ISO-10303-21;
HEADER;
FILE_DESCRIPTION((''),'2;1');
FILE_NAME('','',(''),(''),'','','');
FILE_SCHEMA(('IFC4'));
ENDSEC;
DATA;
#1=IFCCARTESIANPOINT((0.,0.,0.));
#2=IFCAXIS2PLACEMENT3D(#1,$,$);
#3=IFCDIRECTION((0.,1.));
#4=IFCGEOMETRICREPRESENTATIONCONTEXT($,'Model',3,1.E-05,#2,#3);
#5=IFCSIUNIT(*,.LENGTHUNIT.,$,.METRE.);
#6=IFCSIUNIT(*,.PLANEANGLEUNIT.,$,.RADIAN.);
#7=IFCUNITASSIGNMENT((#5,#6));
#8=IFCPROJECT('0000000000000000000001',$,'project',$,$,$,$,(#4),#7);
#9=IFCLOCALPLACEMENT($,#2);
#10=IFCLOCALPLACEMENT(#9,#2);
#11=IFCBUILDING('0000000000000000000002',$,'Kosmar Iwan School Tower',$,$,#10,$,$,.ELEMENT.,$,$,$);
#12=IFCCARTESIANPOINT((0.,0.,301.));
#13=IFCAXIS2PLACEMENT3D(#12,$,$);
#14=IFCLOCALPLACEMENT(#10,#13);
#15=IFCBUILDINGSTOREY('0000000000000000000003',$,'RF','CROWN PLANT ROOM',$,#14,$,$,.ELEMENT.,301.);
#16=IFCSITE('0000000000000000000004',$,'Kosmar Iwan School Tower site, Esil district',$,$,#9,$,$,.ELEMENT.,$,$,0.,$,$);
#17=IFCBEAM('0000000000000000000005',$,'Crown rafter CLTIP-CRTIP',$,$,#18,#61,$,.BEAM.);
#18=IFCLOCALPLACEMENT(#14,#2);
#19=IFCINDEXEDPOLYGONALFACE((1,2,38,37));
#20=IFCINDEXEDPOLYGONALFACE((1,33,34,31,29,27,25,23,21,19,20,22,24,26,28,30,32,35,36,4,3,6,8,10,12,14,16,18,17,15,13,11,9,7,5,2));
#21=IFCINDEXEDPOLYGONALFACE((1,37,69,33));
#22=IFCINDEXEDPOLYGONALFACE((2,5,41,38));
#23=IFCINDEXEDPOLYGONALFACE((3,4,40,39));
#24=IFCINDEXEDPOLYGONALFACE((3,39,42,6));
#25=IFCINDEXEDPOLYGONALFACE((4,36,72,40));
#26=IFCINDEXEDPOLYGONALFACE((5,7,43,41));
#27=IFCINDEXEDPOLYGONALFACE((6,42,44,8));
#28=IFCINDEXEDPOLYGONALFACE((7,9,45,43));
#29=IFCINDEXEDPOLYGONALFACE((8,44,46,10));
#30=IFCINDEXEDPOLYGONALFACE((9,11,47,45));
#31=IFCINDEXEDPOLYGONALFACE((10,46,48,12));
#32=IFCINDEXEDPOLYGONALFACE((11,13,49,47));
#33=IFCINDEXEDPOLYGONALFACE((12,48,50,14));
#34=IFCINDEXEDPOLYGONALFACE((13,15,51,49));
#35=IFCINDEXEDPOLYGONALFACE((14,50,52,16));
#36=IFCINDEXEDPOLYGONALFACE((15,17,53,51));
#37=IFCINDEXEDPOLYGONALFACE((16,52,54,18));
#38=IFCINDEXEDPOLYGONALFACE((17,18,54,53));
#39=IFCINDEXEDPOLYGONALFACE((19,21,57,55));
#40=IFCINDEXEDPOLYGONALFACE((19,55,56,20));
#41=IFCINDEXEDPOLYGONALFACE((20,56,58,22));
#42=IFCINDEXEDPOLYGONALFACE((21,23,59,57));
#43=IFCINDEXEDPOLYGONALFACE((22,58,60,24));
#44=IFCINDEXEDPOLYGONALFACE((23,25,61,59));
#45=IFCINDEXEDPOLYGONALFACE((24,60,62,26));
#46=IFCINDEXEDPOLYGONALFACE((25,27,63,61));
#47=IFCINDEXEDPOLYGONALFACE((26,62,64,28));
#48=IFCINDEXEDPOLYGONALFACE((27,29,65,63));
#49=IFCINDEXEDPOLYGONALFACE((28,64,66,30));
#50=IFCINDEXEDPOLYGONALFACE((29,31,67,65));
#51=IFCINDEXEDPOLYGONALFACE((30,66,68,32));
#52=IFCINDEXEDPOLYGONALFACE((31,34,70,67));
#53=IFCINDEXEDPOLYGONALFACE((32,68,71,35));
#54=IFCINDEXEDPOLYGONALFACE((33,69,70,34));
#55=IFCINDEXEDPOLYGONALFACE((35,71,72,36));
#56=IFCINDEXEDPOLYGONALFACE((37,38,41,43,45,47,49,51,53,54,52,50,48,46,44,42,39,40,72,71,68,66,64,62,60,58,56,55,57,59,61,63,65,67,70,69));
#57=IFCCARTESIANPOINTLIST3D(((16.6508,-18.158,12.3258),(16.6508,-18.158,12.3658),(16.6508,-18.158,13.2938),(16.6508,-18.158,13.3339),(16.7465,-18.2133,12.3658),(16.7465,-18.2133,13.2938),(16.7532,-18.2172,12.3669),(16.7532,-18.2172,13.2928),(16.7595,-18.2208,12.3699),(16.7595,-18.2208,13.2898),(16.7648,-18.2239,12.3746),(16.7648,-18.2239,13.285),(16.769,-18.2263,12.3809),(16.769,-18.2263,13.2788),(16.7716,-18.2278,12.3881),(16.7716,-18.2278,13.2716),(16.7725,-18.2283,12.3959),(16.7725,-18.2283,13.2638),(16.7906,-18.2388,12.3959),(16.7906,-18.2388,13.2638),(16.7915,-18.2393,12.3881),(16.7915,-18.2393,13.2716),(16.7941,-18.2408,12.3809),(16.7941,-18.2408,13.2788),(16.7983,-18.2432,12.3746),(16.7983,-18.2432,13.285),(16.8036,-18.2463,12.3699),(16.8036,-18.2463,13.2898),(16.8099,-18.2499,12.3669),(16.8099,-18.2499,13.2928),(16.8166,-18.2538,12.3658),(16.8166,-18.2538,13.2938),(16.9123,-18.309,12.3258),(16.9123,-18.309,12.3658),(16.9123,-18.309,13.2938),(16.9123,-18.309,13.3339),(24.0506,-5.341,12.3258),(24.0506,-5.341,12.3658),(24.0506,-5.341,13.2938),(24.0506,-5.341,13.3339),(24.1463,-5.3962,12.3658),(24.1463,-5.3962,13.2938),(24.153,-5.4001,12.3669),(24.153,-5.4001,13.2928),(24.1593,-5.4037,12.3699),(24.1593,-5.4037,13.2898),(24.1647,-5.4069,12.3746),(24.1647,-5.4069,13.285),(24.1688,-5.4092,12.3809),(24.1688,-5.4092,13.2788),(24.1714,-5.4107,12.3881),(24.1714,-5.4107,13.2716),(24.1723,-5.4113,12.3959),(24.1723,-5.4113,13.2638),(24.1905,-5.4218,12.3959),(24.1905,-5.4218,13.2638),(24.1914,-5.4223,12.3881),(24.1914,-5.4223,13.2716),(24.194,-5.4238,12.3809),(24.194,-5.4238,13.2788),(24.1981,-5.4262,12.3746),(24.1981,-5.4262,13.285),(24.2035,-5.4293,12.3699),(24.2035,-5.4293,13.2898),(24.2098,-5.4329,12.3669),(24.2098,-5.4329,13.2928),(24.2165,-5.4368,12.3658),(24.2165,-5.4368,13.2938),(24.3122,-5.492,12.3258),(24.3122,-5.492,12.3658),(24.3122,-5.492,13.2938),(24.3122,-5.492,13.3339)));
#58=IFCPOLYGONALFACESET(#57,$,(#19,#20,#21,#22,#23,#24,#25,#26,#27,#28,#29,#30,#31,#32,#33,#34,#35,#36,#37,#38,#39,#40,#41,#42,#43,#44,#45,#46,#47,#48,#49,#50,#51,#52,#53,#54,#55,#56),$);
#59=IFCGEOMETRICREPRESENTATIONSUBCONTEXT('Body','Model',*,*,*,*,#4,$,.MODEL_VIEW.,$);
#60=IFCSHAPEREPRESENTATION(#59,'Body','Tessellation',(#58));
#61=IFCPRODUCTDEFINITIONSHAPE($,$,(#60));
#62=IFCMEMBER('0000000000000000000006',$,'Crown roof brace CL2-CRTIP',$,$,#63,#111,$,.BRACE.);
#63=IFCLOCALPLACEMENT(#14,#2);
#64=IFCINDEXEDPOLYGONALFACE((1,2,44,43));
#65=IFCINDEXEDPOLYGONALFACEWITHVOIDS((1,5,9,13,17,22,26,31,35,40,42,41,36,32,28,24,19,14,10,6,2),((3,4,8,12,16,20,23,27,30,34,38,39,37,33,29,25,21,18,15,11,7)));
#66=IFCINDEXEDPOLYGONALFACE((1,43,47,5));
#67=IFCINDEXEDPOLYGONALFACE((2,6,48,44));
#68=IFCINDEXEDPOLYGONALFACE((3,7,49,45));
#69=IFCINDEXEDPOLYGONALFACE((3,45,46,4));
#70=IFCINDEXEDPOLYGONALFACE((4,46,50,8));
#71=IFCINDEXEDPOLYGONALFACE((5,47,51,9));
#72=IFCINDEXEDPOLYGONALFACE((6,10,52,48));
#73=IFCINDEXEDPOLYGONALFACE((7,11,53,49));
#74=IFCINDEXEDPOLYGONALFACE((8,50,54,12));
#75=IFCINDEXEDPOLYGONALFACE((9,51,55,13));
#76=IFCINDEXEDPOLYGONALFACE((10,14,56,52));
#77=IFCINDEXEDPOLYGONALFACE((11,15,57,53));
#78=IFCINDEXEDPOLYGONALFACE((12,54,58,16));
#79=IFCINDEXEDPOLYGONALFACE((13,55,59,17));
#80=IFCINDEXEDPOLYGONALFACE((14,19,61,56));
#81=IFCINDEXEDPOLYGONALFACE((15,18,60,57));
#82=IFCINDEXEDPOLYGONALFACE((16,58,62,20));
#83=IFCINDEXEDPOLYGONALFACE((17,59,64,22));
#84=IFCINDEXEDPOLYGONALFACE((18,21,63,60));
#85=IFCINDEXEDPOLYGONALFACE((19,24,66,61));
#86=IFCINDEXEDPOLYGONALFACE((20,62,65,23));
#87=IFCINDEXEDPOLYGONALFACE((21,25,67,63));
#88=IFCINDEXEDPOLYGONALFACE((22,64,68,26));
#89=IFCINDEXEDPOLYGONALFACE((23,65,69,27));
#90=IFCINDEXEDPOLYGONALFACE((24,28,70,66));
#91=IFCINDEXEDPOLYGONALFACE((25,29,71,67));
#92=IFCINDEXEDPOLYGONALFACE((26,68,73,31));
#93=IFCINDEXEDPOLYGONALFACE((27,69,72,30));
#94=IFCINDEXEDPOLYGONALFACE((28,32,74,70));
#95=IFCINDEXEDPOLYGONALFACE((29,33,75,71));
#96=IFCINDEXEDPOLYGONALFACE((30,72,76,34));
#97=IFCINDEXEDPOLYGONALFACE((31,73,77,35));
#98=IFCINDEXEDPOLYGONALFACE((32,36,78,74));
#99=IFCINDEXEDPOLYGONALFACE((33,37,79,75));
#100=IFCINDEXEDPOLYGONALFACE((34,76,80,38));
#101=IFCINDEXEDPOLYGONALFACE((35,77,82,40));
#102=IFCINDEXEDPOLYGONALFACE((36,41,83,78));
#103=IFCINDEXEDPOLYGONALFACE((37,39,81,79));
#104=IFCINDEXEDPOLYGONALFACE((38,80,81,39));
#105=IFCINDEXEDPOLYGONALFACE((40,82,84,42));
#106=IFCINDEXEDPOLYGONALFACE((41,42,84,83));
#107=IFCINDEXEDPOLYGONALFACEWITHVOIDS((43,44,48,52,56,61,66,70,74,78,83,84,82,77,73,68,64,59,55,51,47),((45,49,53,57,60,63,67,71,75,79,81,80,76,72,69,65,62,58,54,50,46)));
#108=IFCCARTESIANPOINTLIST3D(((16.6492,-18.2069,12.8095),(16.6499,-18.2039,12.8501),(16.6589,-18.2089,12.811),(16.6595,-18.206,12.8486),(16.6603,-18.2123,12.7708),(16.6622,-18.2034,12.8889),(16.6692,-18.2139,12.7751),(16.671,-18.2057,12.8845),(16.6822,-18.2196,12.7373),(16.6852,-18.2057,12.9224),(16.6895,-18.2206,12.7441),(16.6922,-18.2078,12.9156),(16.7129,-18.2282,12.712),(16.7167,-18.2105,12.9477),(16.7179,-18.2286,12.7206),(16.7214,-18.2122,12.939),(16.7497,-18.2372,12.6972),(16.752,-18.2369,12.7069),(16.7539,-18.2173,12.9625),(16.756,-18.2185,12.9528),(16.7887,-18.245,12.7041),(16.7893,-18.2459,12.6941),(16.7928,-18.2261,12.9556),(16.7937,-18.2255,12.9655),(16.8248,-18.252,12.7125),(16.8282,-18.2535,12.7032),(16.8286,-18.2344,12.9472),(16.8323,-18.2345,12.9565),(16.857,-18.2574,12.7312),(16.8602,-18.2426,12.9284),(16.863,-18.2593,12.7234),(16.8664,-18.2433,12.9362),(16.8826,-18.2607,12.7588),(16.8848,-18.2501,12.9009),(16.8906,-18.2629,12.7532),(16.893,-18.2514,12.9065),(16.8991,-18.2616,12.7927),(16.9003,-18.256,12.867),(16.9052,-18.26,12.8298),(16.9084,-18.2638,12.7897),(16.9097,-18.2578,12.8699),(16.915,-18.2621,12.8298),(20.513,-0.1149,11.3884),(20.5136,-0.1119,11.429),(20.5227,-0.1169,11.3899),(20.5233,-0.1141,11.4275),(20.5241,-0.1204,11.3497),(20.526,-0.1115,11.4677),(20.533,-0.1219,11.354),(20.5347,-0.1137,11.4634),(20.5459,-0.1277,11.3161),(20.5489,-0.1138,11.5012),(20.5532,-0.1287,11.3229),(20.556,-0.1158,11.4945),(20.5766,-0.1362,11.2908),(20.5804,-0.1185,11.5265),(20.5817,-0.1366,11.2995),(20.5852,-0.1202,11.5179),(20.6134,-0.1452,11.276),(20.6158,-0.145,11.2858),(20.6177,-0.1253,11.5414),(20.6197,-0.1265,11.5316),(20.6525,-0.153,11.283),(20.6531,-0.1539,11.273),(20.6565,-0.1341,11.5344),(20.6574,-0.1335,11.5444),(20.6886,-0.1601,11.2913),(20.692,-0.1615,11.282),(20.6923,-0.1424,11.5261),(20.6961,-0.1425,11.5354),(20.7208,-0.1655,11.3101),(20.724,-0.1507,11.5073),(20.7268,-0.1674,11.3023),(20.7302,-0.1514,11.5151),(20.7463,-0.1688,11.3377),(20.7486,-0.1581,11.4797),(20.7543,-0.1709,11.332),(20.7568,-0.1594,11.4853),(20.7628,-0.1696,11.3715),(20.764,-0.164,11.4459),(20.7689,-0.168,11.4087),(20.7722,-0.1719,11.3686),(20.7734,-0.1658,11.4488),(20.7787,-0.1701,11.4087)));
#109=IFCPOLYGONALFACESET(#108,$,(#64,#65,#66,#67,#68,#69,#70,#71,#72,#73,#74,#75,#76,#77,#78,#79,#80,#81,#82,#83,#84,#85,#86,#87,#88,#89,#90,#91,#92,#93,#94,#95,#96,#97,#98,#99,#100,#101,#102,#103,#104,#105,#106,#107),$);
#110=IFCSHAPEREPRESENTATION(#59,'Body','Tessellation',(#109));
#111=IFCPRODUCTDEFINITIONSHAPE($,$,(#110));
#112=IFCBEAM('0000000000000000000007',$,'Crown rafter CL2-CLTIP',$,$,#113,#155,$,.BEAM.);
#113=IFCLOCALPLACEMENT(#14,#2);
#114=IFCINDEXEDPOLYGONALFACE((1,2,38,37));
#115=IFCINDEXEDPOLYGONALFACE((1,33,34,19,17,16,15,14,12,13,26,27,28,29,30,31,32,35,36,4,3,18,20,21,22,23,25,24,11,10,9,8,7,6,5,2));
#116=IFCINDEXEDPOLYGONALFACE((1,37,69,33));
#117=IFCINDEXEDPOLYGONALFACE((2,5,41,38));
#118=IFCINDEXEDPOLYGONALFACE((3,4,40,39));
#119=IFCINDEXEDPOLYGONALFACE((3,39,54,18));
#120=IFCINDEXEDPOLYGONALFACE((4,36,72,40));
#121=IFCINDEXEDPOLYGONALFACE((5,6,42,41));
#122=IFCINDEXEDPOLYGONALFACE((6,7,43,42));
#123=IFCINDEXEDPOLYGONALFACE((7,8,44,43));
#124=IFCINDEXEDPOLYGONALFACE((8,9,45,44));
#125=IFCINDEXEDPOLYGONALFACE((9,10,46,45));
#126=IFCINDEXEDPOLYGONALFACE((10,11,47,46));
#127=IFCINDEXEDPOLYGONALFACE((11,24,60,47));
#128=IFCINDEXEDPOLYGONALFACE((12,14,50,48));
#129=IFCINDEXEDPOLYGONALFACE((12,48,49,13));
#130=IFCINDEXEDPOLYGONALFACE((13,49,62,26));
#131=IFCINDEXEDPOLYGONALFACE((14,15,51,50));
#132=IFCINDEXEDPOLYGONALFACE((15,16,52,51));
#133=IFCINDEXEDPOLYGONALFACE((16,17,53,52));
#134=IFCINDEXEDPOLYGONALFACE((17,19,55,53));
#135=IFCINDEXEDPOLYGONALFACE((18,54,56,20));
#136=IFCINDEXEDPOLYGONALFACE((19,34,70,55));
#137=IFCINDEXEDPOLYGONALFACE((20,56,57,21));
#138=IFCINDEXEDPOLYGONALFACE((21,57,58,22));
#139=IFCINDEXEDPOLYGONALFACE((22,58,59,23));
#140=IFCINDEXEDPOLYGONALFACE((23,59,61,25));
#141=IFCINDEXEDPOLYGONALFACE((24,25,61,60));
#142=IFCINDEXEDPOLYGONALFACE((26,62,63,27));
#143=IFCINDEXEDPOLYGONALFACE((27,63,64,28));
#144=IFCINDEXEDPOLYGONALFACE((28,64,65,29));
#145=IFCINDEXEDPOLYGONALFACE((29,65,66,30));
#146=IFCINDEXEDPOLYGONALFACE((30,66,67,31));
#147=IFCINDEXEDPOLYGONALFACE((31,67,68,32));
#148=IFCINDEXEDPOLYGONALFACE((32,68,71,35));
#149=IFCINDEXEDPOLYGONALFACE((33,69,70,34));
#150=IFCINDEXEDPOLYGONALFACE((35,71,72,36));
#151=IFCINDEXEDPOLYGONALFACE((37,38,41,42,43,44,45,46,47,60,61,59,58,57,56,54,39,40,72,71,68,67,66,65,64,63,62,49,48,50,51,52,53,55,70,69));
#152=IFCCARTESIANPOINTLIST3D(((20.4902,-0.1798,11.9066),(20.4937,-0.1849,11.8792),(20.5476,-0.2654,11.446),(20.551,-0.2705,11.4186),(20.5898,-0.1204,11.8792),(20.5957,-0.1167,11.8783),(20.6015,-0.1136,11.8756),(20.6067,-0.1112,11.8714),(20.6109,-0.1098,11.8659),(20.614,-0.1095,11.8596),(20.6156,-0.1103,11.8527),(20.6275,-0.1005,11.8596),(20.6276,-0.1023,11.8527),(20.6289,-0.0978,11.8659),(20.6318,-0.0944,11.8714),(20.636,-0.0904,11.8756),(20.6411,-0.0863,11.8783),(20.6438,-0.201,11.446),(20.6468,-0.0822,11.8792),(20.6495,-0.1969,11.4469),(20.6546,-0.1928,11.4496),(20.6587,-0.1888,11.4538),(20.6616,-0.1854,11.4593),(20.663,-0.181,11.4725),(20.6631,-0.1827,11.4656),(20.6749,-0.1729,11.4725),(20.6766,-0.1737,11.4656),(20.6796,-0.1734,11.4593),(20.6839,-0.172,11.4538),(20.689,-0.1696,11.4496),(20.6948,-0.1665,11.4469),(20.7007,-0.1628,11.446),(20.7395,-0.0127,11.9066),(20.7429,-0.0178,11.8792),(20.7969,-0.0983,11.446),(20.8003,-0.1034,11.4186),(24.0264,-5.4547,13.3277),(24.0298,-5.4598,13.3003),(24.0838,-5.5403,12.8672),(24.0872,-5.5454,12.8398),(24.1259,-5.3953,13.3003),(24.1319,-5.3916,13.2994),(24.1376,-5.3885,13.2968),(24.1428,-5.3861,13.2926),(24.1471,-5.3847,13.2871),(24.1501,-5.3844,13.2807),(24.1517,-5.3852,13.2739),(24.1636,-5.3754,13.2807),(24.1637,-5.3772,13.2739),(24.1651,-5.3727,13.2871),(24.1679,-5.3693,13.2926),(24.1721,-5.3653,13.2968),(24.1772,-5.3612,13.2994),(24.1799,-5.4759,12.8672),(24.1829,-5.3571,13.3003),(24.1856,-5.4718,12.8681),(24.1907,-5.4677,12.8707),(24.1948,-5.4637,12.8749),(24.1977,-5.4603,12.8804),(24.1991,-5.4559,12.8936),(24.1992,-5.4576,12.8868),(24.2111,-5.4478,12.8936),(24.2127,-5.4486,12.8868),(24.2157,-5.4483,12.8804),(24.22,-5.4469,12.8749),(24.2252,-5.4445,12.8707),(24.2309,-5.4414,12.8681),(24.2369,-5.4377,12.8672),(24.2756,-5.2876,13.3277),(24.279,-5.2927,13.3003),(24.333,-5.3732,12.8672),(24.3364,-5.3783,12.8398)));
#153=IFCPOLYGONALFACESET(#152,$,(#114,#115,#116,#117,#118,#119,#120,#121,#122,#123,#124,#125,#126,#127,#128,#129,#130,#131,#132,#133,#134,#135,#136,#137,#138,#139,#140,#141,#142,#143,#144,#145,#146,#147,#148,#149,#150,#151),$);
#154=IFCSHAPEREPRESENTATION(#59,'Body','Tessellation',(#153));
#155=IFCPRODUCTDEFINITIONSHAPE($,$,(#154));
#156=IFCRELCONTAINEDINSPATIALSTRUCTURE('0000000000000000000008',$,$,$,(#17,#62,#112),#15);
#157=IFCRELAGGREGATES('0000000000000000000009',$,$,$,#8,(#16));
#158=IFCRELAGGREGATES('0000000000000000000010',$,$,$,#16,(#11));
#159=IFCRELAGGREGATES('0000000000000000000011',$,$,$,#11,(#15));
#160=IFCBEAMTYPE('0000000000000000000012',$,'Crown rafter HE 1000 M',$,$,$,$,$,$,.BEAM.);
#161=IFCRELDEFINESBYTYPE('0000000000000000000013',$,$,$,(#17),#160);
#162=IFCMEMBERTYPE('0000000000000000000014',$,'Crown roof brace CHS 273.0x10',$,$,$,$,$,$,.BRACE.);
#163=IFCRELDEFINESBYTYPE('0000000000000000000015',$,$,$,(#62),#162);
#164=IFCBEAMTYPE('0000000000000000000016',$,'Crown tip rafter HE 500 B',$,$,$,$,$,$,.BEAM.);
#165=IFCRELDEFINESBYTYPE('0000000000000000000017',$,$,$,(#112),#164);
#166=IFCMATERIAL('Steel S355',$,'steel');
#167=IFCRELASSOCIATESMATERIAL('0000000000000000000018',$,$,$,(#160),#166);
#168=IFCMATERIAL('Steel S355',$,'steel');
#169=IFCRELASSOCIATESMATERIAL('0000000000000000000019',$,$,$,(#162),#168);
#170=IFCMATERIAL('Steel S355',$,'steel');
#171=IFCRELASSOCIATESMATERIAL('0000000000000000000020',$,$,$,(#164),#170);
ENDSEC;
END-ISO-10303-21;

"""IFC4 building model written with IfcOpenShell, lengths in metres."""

from ifc_helpers import new_model, si_unit, direction, frame, origin, origin_2d, place, context, subcontext, project, spatial, hollow_circle, i_section, extrude, material, material_profile, profile_set, type_object, element, save


model = new_model("IFC4")

# Units and contexts
model_context = context("Model", 3, precision=1e-05, world=origin(), true_north=direction((0.0, 1.0)))
body_context = subcontext(model_context, "Body", "Model", "MODEL_VIEW")
ifc_project = project(units=[si_unit("LENGTHUNIT", "METRE"), si_unit("PLANEANGLEUNIT", "RADIAN")], contexts=[model_context])

# Site, building, storey
site_placement = place(None, origin())
site = spatial("IfcSite", under=ifc_project, at=site_placement, Name="Kosmar Iwan School Tower site, Esil district", CompositionType="ELEMENT", RefElevation=0.0)
building_placement = place(site_placement, origin())
building = spatial("IfcBuilding", under=site, at=building_placement, Name="Kosmar Iwan School Tower", CompositionType="ELEMENT")
storey_placement = place(building_placement, frame((0.0, 0.0, 301.0)))
storey = spatial("IfcBuildingStorey", under=building, at=storey_placement, Name="RF", Description="CROWN PLANT ROOM", CompositionType="ELEMENT", Elevation=301.0)

# Beam
ifc_material_1 = material(Name="Steel S355", Category="steel")
ifc_material_profile_1 = material_profile(ifc_material_1, i_section(OverallWidth=0.302, OverallDepth=1.0081, WebThickness=0.021, FlangeThickness=0.04, FilletRadius=0.03, at=origin_2d()), Name="HE 1000 M")
ifc_profile_set_1 = profile_set([ifc_material_profile_1], Name="Steel S355")
beam_type_1 = type_object("IfcBeamType", Name="Crown rafter HE 1000 M", PredefinedType="BEAM", material=ifc_profile_set_1)
beam_1_placement = place(storey_placement, frame((24.1814, -5.4165, 12.8298), z_axis=(-0.499996, -0.866028, 0.0), x_axis=(0.866028, -0.499996, 0.0)))
element("IfcBeam", 1, at=beam_1_placement, inside=storey, type_object=beam_type_1, Name="Crown rafter CLTIP-CRTIP", PredefinedType="BEAM", context=body_context, shape_type="SweptSolid", body=[
    extrude(i_section(OverallWidth=0.302, OverallDepth=1.0081, WebThickness=0.021, FlangeThickness=0.04, FilletRadius=0.03, at=origin_2d()), origin(), (0.0, 0.0, 1.0), 14.7998),
])

# Member
ifc_material_2 = material(Name="Steel S355", Category="steel")
ifc_material_profile_2 = material_profile(ifc_material_2, hollow_circle(Radius=0.1365, WallThickness=0.01, at=origin_2d()), Name="CHS 273.0x10")
ifc_profile_set_2 = profile_set([ifc_material_profile_2], Name="Steel S355")
member_type = type_object("IfcMemberType", Name="Crown roof brace CHS 273.0x10", PredefinedType="BRACE", material=ifc_profile_set_2)
member_placement = place(storey_placement, frame((20.6453, -0.1416, 11.4087), z_axis=(-0.208239, -0.975074, 0.076593), x_axis=(0.977947, -0.208852, 0.0)))
element("IfcMember", 2, at=member_placement, inside=storey, type_object=member_type, Name="Crown roof brace CL2-CRTIP", PredefinedType="BRACE", context=body_context, shape_type="SweptSolid", body=[
    extrude(hollow_circle(Radius=0.1365, WallThickness=0.01, at=origin_2d()), origin(), (0.0, 0.0, 1.0), 18.5544),
])

# Beam
ifc_material_3 = material(Name="Steel S355", Category="steel")
ifc_material_profile_3 = material_profile(ifc_material_3, i_section(OverallWidth=0.3, OverallDepth=0.5, WebThickness=0.0144, FlangeThickness=0.0281, FilletRadius=0.0271, at=origin_2d()), Name="HE 500 B")
ifc_profile_set_3 = profile_set([ifc_material_profile_3], Name="Steel S355")
beam_type_2 = type_object("IfcBeamType", Name="Crown tip rafter HE 500 B", PredefinedType="BEAM", material=ifc_profile_set_3)
beam_2_placement = place(storey_placement, frame((20.6453, -0.1416, 11.6626), z_axis=(0.543388, -0.810579, 0.218383), x_axis=(0.830628, 0.556828, 0.0)))
element("IfcBeam", 3, at=beam_2_placement, inside=storey, type_object=beam_type_2, Name="Crown rafter CL2-CLTIP", PredefinedType="BEAM", context=body_context, shape_type="SweptSolid", body=[
    extrude(i_section(OverallWidth=0.3, OverallDepth=0.5, WebThickness=0.0144, FlangeThickness=0.0281, FilletRadius=0.0271, at=origin_2d()), origin(), (0.0, 0.0, 1.0), 6.5076),
])

save(model, "model.ifc")
